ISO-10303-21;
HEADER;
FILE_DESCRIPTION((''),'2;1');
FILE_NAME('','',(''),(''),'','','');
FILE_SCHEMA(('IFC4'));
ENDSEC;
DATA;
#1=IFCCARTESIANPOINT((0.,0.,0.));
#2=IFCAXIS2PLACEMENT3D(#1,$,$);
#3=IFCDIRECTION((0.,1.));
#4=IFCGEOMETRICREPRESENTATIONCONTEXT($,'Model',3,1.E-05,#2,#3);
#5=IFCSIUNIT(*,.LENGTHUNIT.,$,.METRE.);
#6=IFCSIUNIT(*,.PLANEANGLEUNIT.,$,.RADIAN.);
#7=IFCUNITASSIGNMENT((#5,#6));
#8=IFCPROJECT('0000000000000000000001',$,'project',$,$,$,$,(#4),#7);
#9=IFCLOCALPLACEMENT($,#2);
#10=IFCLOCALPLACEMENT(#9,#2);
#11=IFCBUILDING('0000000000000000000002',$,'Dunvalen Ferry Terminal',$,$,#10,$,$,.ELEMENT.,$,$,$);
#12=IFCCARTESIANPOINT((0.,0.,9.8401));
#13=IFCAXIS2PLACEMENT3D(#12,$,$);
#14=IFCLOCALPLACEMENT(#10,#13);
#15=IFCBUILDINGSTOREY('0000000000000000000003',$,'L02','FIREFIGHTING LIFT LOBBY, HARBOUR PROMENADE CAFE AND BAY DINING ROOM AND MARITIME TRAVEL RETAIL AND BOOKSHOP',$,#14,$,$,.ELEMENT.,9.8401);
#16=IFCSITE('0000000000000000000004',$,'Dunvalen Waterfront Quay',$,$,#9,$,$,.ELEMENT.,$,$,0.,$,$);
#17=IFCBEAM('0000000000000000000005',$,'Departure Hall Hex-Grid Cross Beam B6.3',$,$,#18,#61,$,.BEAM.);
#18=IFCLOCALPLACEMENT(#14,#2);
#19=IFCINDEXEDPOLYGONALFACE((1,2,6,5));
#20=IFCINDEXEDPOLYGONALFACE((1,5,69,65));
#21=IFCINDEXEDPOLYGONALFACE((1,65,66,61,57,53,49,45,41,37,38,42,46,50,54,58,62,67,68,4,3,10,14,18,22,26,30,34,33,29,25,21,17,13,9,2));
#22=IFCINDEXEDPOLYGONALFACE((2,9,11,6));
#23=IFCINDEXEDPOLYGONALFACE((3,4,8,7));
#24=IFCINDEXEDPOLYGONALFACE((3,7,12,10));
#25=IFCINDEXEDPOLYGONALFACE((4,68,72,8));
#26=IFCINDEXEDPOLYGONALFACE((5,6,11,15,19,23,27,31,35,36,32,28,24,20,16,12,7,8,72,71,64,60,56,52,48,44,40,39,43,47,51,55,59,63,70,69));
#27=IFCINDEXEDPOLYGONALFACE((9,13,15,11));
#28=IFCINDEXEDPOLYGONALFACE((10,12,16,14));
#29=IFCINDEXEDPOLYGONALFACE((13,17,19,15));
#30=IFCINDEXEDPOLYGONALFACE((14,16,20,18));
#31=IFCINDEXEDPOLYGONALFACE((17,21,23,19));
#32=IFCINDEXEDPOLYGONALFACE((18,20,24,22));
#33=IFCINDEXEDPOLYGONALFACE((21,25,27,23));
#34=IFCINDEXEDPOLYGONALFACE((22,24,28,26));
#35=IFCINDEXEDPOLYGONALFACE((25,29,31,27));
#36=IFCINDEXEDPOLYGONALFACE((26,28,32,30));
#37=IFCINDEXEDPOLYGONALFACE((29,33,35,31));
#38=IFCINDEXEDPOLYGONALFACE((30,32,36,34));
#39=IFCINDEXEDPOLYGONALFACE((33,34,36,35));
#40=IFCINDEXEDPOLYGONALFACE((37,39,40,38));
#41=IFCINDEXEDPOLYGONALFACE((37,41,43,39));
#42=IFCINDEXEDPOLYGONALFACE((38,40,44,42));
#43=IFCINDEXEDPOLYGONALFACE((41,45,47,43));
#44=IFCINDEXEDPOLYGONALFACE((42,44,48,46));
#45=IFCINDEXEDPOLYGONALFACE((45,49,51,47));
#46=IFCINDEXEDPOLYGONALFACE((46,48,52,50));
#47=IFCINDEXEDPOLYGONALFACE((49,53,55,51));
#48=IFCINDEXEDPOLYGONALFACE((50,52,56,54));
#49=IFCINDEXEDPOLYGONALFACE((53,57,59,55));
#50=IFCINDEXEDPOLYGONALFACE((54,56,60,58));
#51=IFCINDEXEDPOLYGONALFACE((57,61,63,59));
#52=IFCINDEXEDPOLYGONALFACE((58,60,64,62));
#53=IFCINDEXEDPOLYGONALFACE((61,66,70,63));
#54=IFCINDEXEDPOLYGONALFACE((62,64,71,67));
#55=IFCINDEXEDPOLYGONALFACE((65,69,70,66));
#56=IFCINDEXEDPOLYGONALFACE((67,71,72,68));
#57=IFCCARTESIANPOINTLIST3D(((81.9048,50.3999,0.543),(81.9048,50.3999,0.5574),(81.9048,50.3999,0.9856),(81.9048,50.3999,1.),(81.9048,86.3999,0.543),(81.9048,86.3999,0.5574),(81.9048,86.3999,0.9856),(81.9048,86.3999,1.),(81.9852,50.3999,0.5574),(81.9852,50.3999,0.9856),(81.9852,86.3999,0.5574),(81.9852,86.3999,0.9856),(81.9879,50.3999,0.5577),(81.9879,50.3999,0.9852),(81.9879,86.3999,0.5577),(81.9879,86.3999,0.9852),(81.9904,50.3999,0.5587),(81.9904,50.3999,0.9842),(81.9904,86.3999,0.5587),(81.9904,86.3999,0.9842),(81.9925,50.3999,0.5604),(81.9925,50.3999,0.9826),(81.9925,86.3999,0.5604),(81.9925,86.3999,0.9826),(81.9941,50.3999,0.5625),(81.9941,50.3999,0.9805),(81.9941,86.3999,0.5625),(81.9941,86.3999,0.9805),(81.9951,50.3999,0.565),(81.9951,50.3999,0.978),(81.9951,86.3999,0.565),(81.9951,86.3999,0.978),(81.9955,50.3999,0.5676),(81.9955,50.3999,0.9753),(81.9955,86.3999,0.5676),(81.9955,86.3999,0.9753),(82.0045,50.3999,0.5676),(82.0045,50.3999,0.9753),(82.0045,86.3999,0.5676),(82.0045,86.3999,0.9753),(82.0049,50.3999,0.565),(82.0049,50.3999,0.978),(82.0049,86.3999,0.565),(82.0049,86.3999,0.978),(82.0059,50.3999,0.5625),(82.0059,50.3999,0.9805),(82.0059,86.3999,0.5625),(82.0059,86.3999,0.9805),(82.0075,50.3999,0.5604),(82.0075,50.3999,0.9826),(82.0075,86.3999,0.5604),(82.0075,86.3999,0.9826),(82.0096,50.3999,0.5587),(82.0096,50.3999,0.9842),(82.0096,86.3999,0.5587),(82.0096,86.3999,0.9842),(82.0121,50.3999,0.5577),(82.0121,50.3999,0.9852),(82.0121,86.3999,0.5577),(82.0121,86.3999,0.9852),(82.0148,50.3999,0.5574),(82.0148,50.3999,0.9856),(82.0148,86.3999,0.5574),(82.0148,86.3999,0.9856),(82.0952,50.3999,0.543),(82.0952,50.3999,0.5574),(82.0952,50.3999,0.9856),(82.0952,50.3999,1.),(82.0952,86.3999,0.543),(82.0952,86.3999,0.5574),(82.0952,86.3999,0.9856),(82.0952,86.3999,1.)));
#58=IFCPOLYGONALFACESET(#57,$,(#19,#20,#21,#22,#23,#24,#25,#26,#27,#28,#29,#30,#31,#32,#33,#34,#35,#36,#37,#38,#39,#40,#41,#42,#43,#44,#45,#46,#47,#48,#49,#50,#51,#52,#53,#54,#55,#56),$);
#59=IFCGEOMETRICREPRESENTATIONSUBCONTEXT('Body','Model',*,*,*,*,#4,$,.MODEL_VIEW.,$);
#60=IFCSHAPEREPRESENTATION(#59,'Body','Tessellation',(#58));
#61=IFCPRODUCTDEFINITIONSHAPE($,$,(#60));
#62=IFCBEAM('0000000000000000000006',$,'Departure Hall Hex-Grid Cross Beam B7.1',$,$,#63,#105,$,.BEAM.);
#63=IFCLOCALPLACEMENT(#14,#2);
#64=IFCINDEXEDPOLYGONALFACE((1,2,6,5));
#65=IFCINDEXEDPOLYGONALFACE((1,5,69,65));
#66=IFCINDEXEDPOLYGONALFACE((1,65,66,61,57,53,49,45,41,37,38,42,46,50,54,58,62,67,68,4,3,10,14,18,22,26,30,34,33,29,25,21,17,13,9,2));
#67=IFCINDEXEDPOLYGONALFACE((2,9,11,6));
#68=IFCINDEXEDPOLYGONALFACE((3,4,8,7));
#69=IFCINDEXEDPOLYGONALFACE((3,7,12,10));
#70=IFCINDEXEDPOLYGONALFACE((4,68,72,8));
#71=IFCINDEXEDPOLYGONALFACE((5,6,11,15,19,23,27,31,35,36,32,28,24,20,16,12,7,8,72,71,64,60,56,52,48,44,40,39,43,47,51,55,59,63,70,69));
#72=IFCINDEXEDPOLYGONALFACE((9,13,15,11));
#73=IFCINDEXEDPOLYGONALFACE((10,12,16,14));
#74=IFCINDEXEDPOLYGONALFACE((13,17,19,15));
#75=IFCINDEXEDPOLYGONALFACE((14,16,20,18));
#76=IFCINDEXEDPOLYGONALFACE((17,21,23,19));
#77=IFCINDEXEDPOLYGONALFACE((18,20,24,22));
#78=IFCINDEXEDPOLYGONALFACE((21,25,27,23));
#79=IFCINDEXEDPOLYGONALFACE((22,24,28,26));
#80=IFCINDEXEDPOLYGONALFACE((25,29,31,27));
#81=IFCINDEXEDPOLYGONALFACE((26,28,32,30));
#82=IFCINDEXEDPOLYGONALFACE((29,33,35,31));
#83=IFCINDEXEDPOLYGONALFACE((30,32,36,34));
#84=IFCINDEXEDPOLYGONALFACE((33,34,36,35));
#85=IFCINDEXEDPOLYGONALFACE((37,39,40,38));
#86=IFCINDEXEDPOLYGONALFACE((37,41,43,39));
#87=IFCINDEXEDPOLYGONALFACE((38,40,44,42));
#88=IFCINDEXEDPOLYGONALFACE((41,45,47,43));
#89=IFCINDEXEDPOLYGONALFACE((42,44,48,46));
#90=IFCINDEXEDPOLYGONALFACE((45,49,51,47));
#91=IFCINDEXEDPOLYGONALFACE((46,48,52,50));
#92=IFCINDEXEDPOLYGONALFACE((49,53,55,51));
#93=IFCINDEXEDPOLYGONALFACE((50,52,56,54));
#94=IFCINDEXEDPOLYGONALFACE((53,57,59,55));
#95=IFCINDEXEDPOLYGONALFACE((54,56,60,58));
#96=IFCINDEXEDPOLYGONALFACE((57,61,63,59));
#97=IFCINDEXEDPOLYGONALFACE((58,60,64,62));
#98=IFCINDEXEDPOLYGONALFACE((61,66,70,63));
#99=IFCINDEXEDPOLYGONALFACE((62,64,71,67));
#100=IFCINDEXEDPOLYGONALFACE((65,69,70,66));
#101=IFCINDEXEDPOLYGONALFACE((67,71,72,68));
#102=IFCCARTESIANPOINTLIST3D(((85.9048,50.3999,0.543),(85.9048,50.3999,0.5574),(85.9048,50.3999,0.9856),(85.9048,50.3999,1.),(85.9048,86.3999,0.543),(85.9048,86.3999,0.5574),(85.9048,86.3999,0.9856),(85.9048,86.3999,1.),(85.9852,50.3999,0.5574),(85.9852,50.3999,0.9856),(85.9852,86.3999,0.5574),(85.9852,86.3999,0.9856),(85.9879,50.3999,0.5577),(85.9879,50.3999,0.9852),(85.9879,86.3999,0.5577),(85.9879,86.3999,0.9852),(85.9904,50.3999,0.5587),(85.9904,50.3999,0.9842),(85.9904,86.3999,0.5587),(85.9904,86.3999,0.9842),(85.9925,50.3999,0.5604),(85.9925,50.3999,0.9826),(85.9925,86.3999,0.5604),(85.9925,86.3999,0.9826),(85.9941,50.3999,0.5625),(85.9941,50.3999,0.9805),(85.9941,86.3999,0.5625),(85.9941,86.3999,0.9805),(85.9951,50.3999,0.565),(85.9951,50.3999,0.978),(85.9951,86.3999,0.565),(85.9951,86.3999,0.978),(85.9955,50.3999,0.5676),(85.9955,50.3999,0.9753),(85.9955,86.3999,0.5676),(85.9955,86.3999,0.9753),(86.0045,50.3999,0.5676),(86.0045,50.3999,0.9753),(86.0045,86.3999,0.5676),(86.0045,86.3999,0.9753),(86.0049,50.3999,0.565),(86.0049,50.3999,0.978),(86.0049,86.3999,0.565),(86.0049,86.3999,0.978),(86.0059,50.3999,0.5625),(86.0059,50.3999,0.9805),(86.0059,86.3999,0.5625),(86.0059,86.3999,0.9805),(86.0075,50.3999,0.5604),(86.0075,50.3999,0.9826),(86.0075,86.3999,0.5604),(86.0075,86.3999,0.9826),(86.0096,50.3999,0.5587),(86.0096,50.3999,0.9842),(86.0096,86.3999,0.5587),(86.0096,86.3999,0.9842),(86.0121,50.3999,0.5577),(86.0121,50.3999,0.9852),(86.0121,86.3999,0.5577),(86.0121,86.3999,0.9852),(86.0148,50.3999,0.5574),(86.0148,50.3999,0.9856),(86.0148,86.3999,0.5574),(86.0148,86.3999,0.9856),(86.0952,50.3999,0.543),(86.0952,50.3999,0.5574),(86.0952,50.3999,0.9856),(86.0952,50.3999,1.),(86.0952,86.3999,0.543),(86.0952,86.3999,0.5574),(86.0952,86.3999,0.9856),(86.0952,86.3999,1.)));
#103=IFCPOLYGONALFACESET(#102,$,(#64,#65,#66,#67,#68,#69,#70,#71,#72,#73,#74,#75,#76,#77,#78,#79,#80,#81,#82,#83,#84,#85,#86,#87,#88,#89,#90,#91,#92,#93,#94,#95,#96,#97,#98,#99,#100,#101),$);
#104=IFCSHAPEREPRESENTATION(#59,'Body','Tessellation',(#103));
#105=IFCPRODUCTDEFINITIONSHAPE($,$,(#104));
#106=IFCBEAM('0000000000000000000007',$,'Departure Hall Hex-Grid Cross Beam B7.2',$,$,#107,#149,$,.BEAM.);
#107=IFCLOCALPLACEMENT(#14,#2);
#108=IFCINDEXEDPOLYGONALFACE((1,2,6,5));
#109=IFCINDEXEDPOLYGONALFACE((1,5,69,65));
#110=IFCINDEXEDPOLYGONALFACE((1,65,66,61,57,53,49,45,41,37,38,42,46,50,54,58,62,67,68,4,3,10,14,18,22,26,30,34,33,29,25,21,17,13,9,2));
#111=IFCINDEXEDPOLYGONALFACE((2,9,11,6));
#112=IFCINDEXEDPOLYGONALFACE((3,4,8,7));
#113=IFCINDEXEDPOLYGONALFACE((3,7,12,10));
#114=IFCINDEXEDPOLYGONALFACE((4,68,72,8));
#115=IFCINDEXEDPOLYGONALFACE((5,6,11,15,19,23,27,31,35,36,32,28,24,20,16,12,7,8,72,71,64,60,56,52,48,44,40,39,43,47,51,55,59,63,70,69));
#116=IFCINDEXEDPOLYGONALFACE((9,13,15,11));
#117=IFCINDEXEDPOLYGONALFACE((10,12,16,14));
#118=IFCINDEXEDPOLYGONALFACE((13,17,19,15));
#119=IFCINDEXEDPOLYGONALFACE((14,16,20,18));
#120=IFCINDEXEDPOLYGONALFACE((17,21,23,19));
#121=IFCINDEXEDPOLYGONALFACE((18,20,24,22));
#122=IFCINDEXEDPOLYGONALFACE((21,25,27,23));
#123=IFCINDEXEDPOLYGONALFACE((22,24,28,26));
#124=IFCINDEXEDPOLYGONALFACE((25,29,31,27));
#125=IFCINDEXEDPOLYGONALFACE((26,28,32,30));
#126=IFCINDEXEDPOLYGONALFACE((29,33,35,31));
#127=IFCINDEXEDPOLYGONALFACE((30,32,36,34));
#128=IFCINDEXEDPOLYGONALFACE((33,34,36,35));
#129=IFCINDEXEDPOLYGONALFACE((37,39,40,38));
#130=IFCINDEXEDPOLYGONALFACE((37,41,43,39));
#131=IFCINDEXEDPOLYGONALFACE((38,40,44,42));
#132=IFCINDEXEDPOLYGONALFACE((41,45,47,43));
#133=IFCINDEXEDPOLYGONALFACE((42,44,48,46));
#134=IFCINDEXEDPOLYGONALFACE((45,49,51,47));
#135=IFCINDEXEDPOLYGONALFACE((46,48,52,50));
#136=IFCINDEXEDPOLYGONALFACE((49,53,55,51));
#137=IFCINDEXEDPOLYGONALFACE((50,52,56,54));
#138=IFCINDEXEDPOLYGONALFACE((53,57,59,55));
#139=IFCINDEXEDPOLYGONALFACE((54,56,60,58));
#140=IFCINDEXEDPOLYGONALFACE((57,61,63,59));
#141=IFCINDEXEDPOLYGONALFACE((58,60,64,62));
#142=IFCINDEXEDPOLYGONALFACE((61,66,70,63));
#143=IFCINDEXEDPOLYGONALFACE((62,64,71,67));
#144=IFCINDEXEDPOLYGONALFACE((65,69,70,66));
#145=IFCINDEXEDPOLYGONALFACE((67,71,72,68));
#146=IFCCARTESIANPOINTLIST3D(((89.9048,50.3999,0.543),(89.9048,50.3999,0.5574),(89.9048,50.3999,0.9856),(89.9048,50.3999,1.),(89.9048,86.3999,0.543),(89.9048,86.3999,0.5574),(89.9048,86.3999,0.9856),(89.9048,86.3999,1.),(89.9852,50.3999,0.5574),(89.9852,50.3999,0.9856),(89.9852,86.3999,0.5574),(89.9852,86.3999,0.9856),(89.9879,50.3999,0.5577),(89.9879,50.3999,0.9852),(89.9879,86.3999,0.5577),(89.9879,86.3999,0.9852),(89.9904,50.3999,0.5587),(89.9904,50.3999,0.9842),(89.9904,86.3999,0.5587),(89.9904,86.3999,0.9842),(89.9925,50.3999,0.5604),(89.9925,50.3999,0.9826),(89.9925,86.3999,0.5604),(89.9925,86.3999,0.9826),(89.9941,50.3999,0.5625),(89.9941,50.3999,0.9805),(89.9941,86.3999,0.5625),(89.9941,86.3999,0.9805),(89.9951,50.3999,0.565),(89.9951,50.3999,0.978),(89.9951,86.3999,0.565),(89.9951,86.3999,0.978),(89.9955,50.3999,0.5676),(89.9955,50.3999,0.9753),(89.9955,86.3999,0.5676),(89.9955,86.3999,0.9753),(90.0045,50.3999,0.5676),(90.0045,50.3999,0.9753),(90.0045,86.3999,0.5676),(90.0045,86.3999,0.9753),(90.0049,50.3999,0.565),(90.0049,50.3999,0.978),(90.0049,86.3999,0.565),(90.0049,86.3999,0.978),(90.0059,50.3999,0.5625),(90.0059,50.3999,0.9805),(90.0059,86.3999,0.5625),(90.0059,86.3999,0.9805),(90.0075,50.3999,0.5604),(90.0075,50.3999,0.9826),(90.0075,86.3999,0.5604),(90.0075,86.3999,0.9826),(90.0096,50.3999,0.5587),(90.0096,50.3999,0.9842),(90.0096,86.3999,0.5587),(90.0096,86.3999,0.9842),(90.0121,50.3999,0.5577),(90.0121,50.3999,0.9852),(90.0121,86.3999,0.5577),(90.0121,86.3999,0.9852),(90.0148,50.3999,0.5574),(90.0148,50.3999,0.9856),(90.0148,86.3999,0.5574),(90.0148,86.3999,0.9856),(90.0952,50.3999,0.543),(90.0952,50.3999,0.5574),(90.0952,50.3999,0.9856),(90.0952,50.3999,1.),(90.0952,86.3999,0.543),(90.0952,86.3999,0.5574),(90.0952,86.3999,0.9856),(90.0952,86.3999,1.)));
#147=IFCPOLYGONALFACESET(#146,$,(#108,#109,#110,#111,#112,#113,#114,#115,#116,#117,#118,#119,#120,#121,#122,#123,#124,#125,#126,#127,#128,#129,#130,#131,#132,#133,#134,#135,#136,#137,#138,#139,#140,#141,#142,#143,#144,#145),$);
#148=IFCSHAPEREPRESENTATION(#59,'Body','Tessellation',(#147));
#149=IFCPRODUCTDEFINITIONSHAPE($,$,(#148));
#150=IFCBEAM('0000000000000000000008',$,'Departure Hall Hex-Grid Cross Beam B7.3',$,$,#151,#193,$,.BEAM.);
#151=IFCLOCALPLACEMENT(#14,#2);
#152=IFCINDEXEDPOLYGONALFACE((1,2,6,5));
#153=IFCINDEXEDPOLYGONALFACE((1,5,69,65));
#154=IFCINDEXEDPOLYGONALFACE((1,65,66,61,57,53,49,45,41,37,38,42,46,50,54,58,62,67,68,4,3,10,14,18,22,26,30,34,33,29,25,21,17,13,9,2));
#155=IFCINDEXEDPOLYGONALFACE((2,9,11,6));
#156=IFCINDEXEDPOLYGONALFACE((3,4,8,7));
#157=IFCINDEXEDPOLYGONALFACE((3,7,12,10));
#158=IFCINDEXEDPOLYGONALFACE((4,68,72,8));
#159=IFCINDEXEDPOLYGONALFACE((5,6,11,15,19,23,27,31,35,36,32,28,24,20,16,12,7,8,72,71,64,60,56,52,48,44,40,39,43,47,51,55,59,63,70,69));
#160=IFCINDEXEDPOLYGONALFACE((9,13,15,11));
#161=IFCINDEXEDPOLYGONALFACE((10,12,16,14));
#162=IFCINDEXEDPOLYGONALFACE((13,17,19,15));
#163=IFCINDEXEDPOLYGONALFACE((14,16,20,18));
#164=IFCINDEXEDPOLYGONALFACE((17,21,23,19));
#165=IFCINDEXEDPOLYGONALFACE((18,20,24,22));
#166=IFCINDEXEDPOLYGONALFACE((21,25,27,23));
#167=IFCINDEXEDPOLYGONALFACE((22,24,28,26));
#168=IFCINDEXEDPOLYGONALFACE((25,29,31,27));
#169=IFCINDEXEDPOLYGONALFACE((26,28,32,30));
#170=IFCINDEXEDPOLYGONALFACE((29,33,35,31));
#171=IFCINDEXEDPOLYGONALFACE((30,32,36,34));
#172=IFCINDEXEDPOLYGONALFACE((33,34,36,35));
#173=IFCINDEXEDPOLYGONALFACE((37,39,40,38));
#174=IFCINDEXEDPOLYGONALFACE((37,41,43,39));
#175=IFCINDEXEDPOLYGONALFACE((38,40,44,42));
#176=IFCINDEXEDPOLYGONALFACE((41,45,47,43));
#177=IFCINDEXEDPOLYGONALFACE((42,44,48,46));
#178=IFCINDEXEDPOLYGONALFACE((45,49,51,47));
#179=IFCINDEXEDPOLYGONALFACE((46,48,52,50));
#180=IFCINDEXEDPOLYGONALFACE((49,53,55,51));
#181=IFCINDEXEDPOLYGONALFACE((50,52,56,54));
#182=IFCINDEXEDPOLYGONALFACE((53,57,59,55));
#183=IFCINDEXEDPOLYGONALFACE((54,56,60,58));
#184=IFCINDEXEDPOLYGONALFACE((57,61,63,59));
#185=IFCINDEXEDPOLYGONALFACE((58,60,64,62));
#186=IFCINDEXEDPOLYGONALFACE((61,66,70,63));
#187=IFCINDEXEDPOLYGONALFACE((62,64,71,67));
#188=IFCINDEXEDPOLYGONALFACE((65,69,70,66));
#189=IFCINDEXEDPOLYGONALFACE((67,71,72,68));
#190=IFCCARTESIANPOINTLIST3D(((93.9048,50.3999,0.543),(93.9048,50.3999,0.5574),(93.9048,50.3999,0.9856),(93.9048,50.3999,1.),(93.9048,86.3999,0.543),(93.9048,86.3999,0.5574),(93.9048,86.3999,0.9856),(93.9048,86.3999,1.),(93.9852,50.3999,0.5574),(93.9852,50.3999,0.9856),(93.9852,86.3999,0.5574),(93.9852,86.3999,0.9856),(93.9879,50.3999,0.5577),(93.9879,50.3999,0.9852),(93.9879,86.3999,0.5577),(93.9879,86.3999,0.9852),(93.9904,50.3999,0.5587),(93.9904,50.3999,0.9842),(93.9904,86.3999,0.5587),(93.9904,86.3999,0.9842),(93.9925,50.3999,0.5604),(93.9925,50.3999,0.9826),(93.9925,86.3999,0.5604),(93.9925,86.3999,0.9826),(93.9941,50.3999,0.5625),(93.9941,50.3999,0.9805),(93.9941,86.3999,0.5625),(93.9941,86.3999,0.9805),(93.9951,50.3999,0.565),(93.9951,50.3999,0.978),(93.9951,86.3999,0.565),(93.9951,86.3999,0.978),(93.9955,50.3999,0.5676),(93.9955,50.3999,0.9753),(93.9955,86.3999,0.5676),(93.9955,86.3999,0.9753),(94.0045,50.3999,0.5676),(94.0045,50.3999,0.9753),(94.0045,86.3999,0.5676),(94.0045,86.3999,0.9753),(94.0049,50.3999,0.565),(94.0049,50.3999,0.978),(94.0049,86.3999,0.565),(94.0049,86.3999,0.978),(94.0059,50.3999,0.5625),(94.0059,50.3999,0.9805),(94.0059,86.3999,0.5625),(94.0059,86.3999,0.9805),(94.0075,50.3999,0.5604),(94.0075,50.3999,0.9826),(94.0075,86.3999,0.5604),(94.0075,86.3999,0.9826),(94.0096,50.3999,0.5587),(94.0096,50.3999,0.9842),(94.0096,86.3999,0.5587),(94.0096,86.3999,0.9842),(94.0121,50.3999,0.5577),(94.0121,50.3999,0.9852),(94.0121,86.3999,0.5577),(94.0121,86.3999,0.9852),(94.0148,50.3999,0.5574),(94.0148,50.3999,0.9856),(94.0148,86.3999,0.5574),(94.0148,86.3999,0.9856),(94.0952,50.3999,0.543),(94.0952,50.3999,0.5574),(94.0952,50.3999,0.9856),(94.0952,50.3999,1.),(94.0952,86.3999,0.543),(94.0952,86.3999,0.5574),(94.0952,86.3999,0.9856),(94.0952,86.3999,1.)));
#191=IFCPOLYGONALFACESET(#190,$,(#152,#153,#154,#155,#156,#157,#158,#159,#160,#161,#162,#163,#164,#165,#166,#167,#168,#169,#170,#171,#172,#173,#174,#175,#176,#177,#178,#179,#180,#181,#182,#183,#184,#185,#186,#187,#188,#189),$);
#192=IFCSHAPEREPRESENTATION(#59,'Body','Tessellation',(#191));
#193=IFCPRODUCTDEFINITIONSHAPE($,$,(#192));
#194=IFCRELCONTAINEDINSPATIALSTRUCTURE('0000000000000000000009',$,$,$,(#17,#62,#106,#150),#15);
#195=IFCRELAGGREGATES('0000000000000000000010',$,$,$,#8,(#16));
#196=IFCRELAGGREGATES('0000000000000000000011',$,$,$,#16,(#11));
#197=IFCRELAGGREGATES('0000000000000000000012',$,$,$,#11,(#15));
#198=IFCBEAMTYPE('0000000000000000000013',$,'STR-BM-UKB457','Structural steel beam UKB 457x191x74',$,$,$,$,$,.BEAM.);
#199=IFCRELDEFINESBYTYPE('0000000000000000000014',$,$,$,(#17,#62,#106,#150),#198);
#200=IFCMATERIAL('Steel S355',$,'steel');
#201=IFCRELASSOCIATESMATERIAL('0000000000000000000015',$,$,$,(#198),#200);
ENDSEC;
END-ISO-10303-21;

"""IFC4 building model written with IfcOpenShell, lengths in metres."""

from ifc_helpers import new_model, si_unit, direction, frame, origin, origin_2d, place, context, subcontext, project, spatial, i_section, extrude, material, material_profile, profile_set, type_object, element, save


model = new_model("IFC4")

# Units and contexts
model_context = context("Model", 3, precision=1e-05, world=origin(), true_north=direction((0.0, 1.0)))
body_context = subcontext(model_context, "Body", "Model", "MODEL_VIEW")
ifc_project = project(units=[si_unit("LENGTHUNIT", "METRE"), si_unit("PLANEANGLEUNIT", "RADIAN")], contexts=[model_context])

# Site, building, storey
site_placement = place(None, origin())
site = spatial("IfcSite", under=ifc_project, at=site_placement, Name="Dunvalen Waterfront Quay", CompositionType="ELEMENT", RefElevation=0.0)
building_placement = place(site_placement, origin())
building = spatial("IfcBuilding", under=site, at=building_placement, Name="Dunvalen Ferry Terminal", CompositionType="ELEMENT")
storey_placement = place(building_placement, frame((0.0, 0.0, 9.8401)))
storey = spatial("IfcBuildingStorey", under=building, at=storey_placement, Name="L02", Description="FIREFIGHTING LIFT LOBBY, HARBOUR PROMENADE CAFE AND BAY DINING ROOM AND MARITIME TRAVEL RETAIL AND BOOKSHOP", CompositionType="ELEMENT", Elevation=9.8401)

# Beams
ifc_material_1 = material(Name="Steel S355", Category="steel")
ifc_material_profile_1 = material_profile(ifc_material_1, i_section(OverallWidth=0.1904, OverallDepth=0.457, WebThickness=0.009, FlangeThickness=0.0144, FilletRadius=0.0103, at=origin_2d()), Name="Steel S355")
ifc_profile_set_1 = profile_set([ifc_material_profile_1], Name="Steel S355")
beam_type_1 = type_object("IfcBeamType", Name="STR-BM-UKB457", Description="Structural steel beam UKB 457x191x74", PredefinedType="BEAM", material=ifc_profile_set_1)
for number, where, z_axis, x_axis, name in (
    (1, (82.0, 50.3999, 0.7715), (0.0, 1.0, 0.0), (-1.0, 0.0, 0.0), "Departure Hall Hex-Grid Cross Beam B6.3"),
    (2, (86.0, 50.3999, 0.7715), (0.0, 1.0, 0.0), (-1.0, 0.0, 0.0), "Departure Hall Hex-Grid Cross Beam B7.1"),
    (3, (90.0, 50.3999, 0.7715), (0.0, 1.0, 0.0), (-1.0, 0.0, 0.0), "Departure Hall Hex-Grid Cross Beam B7.2"),
    (4, (94.0, 50.3999, 0.7715), (0.0, 1.0, 0.0), (-1.0, 0.0, 0.0), "Departure Hall Hex-Grid Cross Beam B7.3"),
):
    element("IfcBeam", number, at=place(storey_placement, frame(where, z_axis=z_axis, x_axis=x_axis)), inside=storey, type_object=beam_type_1, Name=name, PredefinedType="BEAM", context=body_context, shape_type="SweptSolid", body=[
        extrude(i_section(OverallWidth=0.1904, OverallDepth=0.457, WebThickness=0.009, FlangeThickness=0.0144, FilletRadius=0.0103, at=origin_2d()), origin(), (0.0, 0.0, 1.0), 36.0),
    ])

save(model, "model.ifc")
